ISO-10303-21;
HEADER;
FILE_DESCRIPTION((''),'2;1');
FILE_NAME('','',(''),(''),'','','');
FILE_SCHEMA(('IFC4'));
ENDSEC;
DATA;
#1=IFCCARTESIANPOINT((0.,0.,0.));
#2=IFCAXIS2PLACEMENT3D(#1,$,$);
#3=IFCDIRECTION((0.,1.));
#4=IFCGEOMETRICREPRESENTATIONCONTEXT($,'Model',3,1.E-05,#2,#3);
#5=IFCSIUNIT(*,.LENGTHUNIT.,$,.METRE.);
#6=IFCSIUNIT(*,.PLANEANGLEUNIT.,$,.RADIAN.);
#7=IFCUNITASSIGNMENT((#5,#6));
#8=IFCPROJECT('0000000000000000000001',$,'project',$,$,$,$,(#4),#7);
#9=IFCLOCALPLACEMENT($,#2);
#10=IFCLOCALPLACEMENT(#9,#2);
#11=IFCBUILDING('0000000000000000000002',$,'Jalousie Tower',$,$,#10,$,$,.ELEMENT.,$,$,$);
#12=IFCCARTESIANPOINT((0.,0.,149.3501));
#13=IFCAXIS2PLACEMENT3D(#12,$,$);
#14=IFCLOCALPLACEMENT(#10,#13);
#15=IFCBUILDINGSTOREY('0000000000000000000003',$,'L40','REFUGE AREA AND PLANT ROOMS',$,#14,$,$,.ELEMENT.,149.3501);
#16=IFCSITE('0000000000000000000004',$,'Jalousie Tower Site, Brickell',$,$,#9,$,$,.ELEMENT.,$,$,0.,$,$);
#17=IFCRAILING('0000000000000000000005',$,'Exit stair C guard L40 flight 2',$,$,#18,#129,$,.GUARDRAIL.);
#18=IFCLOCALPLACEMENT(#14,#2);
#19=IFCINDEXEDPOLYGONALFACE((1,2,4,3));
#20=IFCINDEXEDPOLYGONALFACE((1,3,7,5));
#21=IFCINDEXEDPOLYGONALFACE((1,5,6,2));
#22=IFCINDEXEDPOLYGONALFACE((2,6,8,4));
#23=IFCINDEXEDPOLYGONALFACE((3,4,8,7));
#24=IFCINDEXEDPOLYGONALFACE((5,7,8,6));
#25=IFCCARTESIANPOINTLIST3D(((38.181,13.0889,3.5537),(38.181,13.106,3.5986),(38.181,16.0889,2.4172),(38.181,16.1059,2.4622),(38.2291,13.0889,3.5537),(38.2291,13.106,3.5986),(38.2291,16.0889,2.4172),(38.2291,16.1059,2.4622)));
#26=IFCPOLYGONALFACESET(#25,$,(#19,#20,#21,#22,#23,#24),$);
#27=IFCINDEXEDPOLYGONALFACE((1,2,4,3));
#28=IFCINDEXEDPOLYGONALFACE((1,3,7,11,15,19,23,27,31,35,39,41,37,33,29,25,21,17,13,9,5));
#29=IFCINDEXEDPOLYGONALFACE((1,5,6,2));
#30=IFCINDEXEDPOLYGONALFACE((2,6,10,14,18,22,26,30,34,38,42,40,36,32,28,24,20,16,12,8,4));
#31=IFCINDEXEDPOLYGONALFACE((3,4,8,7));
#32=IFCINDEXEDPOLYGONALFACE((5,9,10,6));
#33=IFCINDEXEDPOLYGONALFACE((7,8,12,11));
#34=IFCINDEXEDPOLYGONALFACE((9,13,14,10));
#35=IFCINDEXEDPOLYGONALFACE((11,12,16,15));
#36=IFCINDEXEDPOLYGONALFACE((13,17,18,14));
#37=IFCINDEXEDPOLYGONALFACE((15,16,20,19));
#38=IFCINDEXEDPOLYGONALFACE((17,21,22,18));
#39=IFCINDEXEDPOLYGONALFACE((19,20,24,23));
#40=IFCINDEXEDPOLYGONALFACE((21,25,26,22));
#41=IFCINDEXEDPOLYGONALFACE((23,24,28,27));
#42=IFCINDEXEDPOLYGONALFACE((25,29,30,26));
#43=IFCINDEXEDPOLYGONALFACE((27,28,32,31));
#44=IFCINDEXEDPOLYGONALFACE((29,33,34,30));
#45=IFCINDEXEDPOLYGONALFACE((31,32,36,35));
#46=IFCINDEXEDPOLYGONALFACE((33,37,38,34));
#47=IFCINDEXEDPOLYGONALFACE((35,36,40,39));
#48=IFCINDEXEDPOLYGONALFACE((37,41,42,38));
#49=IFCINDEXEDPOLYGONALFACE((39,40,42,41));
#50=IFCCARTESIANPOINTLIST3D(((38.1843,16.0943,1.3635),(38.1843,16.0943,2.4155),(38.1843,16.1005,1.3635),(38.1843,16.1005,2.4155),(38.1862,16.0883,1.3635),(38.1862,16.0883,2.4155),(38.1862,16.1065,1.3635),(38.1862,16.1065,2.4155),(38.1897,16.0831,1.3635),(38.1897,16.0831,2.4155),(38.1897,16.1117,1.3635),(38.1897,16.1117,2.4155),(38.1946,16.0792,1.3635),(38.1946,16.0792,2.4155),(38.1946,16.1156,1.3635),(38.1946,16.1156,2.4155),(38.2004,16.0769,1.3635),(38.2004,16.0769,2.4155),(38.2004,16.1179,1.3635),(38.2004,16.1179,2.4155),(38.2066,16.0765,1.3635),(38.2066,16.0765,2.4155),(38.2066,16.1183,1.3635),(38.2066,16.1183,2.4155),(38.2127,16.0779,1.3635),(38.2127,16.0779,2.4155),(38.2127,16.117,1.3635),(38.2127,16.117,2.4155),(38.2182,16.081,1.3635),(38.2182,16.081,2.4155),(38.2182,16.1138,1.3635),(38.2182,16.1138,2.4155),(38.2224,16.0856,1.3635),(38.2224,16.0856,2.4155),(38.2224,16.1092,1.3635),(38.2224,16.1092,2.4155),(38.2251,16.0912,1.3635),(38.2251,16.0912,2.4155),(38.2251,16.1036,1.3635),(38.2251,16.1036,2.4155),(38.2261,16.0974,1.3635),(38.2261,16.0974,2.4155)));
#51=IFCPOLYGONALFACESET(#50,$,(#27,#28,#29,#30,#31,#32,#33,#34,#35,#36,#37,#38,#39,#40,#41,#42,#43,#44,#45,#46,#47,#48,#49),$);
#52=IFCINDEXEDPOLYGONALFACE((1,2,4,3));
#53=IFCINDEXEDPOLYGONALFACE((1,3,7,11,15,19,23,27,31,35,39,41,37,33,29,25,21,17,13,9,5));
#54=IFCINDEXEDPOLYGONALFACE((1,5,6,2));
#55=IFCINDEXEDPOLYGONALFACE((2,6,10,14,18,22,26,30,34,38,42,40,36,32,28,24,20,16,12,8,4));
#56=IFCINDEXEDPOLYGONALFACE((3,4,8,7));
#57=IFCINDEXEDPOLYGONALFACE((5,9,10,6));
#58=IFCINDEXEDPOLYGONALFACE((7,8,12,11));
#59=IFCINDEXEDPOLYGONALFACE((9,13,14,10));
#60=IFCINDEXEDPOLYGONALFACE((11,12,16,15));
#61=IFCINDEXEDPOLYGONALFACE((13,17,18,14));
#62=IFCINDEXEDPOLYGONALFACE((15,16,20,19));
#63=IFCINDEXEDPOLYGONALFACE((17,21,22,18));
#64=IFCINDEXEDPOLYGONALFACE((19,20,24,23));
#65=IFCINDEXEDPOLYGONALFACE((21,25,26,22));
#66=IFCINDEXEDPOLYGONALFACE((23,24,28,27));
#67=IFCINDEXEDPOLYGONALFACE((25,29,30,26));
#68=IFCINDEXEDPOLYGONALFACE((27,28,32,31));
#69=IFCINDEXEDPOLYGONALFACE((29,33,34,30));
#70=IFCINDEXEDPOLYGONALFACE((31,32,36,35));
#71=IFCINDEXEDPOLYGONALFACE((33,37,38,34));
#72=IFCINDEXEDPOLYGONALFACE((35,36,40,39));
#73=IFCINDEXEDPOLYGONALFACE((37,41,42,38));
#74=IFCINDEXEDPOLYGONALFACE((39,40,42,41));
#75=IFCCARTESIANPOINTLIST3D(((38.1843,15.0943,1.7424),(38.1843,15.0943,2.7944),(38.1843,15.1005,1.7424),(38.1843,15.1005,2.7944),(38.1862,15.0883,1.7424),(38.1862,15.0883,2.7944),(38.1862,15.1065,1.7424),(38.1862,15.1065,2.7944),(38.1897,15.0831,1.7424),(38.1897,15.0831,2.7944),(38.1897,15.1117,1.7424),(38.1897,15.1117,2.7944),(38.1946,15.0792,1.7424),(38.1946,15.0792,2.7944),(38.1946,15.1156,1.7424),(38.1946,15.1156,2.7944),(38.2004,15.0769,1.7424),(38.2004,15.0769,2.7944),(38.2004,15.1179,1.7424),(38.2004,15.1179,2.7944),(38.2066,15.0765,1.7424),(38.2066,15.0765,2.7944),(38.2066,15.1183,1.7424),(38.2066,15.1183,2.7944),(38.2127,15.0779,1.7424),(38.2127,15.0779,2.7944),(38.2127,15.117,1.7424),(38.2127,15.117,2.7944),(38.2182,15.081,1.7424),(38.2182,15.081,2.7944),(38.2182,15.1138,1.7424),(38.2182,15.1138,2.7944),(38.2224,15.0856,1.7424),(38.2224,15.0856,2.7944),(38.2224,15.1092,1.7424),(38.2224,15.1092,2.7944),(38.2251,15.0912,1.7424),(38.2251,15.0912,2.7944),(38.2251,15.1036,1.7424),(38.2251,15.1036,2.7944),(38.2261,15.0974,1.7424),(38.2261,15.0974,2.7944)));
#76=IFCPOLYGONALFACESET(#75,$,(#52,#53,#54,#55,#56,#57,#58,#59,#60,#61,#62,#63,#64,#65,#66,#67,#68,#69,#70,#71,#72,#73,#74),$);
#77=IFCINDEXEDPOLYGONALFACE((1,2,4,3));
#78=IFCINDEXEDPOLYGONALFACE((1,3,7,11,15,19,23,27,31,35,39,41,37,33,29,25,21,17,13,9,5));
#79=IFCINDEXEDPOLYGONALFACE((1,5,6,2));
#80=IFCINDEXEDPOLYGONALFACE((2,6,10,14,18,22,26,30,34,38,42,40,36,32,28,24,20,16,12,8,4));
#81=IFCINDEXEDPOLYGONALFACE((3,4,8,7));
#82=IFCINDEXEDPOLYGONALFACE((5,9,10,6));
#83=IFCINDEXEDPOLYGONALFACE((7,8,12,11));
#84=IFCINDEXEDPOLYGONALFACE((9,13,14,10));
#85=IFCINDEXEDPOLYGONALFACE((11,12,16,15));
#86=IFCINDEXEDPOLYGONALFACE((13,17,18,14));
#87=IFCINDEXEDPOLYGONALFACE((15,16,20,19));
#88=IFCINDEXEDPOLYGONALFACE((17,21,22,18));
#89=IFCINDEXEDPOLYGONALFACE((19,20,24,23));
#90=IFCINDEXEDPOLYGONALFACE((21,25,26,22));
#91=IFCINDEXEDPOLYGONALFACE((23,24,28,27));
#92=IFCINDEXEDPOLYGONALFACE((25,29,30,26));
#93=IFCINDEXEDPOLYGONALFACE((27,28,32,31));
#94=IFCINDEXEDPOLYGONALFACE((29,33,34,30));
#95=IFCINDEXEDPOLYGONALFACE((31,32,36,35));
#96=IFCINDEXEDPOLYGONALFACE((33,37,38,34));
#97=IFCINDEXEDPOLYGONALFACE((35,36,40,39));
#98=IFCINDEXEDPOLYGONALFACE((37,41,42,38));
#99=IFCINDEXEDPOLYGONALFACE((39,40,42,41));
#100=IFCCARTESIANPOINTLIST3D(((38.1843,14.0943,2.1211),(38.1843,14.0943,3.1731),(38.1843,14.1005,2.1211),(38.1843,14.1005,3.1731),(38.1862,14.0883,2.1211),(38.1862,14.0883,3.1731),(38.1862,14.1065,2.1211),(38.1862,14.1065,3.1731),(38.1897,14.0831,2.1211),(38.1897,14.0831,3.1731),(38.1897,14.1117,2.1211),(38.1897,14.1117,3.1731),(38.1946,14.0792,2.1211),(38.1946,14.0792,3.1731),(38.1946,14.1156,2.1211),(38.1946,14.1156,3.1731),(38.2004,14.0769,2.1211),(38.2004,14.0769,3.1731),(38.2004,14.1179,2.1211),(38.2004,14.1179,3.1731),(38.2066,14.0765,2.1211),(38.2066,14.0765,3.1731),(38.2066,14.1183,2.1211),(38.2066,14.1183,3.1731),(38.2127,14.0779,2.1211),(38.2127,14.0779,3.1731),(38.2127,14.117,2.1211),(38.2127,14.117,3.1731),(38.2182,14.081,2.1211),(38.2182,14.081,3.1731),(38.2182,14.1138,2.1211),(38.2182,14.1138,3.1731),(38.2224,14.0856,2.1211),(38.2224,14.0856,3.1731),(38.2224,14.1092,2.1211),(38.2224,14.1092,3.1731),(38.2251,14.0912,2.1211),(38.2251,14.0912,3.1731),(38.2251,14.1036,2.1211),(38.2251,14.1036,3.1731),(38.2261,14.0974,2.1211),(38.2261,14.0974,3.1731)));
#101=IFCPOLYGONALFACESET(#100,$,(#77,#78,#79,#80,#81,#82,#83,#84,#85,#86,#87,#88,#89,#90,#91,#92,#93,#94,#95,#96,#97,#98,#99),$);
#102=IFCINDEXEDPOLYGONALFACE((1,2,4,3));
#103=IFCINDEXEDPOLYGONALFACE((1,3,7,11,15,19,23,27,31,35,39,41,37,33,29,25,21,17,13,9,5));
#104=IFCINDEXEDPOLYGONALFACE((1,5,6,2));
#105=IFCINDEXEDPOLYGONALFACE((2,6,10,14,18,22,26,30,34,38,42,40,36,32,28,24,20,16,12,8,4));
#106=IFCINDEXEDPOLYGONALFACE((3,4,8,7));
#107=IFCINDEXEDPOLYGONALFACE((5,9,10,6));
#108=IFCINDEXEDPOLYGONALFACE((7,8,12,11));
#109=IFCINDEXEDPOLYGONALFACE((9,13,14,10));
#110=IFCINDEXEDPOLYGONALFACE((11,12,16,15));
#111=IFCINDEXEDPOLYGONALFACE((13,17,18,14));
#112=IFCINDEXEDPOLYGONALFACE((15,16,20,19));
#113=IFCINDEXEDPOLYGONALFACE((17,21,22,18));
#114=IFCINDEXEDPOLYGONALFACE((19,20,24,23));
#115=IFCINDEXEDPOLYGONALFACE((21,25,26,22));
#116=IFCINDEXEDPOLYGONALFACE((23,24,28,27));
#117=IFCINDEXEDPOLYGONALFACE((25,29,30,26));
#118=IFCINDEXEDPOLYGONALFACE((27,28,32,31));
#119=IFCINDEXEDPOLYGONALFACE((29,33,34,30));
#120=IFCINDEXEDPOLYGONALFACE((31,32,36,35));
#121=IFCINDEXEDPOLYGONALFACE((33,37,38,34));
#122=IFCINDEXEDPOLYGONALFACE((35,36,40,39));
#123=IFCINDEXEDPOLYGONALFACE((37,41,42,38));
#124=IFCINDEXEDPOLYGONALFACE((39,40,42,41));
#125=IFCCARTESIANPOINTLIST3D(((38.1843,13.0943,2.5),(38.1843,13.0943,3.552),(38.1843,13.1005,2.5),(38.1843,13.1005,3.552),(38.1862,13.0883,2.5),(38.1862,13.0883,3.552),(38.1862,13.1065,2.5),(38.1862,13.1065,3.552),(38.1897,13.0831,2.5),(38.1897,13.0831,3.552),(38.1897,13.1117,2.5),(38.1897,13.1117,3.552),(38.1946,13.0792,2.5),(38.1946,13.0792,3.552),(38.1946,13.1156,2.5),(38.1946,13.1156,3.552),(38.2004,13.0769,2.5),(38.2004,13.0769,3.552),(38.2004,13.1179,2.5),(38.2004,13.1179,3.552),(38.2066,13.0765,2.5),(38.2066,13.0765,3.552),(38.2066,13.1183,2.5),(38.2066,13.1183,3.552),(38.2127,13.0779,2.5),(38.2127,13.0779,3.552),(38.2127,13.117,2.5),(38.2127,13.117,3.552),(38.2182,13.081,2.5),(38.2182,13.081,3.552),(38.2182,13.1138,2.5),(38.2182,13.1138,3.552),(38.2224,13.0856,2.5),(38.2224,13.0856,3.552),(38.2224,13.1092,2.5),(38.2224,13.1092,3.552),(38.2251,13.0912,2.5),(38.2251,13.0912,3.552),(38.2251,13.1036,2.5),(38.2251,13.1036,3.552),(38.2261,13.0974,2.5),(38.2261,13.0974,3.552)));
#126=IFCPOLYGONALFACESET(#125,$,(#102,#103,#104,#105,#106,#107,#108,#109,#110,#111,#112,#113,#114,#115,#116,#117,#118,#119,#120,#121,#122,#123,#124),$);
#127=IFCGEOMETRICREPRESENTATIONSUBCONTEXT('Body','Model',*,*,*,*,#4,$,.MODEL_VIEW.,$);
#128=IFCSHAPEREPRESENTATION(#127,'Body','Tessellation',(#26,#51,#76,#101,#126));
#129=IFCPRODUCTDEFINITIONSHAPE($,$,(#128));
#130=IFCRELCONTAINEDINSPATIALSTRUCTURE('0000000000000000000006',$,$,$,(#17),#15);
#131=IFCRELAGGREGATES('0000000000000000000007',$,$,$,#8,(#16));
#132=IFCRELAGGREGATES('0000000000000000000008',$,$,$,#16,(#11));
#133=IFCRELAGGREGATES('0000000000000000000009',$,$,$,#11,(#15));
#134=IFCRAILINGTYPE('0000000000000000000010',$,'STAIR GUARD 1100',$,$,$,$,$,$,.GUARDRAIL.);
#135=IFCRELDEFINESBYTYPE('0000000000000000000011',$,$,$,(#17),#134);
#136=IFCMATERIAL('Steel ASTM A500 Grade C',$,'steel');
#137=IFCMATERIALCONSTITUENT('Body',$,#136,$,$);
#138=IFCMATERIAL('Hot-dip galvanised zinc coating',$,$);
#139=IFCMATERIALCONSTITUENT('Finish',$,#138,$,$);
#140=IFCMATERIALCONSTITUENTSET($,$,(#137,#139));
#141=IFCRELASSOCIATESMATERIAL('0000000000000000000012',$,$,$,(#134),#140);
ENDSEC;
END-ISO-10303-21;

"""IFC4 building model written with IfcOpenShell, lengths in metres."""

from ifc_helpers import new_model, si_unit, direction, frame, origin, origin_2d, place, context, subcontext, project, spatial, rectangle, circle, extrude, material, constituent, constituent_set, type_object, element, save


model = new_model("IFC4")

# Units and contexts
model_context = context("Model", 3, precision=1e-05, world=origin(), true_north=direction((0.0, 1.0)))
body_context = subcontext(model_context, "Body", "Model", "MODEL_VIEW")
ifc_project = project(units=[si_unit("LENGTHUNIT", "METRE"), si_unit("PLANEANGLEUNIT", "RADIAN")], contexts=[model_context])

# Site, building, storey
site_placement = place(None, origin())
site = spatial("IfcSite", under=ifc_project, at=site_placement, Name="Jalousie Tower Site, Brickell", CompositionType="ELEMENT", RefElevation=0.0)
building_placement = place(site_placement, origin())
building = spatial("IfcBuilding", under=site, at=building_placement, Name="Jalousie Tower", CompositionType="ELEMENT")
storey_placement = place(building_placement, frame((0.0, 0.0, 149.3501)))
storey = spatial("IfcBuildingStorey", under=building, at=storey_placement, Name="L40", Description="REFUGE AREA AND PLANT ROOMS", CompositionType="ELEMENT", Elevation=149.3501)

# Railing
ifc_material_1 = material(Name="Steel ASTM A500 Grade C", Category="steel")
ifc_constituent_1 = constituent(ifc_material_1, Name="Body")
ifc_material_2 = material(Name="Hot-dip galvanised zinc coating")
ifc_constituent_2 = constituent(ifc_material_2, Name="Finish")
ifc_constituent_set_1 = constituent_set(constituents=[ifc_constituent_1, ifc_constituent_2])
railing_type_1 = type_object("IfcRailingType", Name="STAIR GUARD 1100", PredefinedType="GUARDRAIL", material=ifc_constituent_set_1)
railing_1_placement = place(storey_placement, frame((38.2051, 16.0974, 1.3635)))
element("IfcRailing", 1, at=railing_1_placement, inside=storey, type_object=railing_type_1, Name="Exit stair C guard L40 flight 2", PredefinedType="GUARDRAIL", context=body_context, shape_type="SweptSolid", body=[
    extrude(rectangle(XDim=0.0481, YDim=0.0481, at=origin_2d()), frame((0.0, 0.0, 1.0762), z_axis=(0.0, -0.935148, 0.354257), x_axis=(1.0, 0.0, 0.0)), (0.0, 0.0, 1.0), 3.208),
    extrude(circle(Radius=0.021, at=origin_2d()), origin(), (0.0, 0.0, 1.0), 1.052),
    extrude(circle(Radius=0.021, at=origin_2d()), frame((0.0, -1.0, 0.3789)), (0.0, 0.0, 1.0), 1.052),
    extrude(circle(Radius=0.021, at=origin_2d()), frame((0.0, -2.0, 0.7576)), (0.0, 0.0, 1.0), 1.052),
    extrude(circle(Radius=0.021, at=origin_2d()), frame((0.0, -3.0, 1.1365)), (0.0, 0.0, 1.0), 1.052),
])

save(model, "model.ifc")
